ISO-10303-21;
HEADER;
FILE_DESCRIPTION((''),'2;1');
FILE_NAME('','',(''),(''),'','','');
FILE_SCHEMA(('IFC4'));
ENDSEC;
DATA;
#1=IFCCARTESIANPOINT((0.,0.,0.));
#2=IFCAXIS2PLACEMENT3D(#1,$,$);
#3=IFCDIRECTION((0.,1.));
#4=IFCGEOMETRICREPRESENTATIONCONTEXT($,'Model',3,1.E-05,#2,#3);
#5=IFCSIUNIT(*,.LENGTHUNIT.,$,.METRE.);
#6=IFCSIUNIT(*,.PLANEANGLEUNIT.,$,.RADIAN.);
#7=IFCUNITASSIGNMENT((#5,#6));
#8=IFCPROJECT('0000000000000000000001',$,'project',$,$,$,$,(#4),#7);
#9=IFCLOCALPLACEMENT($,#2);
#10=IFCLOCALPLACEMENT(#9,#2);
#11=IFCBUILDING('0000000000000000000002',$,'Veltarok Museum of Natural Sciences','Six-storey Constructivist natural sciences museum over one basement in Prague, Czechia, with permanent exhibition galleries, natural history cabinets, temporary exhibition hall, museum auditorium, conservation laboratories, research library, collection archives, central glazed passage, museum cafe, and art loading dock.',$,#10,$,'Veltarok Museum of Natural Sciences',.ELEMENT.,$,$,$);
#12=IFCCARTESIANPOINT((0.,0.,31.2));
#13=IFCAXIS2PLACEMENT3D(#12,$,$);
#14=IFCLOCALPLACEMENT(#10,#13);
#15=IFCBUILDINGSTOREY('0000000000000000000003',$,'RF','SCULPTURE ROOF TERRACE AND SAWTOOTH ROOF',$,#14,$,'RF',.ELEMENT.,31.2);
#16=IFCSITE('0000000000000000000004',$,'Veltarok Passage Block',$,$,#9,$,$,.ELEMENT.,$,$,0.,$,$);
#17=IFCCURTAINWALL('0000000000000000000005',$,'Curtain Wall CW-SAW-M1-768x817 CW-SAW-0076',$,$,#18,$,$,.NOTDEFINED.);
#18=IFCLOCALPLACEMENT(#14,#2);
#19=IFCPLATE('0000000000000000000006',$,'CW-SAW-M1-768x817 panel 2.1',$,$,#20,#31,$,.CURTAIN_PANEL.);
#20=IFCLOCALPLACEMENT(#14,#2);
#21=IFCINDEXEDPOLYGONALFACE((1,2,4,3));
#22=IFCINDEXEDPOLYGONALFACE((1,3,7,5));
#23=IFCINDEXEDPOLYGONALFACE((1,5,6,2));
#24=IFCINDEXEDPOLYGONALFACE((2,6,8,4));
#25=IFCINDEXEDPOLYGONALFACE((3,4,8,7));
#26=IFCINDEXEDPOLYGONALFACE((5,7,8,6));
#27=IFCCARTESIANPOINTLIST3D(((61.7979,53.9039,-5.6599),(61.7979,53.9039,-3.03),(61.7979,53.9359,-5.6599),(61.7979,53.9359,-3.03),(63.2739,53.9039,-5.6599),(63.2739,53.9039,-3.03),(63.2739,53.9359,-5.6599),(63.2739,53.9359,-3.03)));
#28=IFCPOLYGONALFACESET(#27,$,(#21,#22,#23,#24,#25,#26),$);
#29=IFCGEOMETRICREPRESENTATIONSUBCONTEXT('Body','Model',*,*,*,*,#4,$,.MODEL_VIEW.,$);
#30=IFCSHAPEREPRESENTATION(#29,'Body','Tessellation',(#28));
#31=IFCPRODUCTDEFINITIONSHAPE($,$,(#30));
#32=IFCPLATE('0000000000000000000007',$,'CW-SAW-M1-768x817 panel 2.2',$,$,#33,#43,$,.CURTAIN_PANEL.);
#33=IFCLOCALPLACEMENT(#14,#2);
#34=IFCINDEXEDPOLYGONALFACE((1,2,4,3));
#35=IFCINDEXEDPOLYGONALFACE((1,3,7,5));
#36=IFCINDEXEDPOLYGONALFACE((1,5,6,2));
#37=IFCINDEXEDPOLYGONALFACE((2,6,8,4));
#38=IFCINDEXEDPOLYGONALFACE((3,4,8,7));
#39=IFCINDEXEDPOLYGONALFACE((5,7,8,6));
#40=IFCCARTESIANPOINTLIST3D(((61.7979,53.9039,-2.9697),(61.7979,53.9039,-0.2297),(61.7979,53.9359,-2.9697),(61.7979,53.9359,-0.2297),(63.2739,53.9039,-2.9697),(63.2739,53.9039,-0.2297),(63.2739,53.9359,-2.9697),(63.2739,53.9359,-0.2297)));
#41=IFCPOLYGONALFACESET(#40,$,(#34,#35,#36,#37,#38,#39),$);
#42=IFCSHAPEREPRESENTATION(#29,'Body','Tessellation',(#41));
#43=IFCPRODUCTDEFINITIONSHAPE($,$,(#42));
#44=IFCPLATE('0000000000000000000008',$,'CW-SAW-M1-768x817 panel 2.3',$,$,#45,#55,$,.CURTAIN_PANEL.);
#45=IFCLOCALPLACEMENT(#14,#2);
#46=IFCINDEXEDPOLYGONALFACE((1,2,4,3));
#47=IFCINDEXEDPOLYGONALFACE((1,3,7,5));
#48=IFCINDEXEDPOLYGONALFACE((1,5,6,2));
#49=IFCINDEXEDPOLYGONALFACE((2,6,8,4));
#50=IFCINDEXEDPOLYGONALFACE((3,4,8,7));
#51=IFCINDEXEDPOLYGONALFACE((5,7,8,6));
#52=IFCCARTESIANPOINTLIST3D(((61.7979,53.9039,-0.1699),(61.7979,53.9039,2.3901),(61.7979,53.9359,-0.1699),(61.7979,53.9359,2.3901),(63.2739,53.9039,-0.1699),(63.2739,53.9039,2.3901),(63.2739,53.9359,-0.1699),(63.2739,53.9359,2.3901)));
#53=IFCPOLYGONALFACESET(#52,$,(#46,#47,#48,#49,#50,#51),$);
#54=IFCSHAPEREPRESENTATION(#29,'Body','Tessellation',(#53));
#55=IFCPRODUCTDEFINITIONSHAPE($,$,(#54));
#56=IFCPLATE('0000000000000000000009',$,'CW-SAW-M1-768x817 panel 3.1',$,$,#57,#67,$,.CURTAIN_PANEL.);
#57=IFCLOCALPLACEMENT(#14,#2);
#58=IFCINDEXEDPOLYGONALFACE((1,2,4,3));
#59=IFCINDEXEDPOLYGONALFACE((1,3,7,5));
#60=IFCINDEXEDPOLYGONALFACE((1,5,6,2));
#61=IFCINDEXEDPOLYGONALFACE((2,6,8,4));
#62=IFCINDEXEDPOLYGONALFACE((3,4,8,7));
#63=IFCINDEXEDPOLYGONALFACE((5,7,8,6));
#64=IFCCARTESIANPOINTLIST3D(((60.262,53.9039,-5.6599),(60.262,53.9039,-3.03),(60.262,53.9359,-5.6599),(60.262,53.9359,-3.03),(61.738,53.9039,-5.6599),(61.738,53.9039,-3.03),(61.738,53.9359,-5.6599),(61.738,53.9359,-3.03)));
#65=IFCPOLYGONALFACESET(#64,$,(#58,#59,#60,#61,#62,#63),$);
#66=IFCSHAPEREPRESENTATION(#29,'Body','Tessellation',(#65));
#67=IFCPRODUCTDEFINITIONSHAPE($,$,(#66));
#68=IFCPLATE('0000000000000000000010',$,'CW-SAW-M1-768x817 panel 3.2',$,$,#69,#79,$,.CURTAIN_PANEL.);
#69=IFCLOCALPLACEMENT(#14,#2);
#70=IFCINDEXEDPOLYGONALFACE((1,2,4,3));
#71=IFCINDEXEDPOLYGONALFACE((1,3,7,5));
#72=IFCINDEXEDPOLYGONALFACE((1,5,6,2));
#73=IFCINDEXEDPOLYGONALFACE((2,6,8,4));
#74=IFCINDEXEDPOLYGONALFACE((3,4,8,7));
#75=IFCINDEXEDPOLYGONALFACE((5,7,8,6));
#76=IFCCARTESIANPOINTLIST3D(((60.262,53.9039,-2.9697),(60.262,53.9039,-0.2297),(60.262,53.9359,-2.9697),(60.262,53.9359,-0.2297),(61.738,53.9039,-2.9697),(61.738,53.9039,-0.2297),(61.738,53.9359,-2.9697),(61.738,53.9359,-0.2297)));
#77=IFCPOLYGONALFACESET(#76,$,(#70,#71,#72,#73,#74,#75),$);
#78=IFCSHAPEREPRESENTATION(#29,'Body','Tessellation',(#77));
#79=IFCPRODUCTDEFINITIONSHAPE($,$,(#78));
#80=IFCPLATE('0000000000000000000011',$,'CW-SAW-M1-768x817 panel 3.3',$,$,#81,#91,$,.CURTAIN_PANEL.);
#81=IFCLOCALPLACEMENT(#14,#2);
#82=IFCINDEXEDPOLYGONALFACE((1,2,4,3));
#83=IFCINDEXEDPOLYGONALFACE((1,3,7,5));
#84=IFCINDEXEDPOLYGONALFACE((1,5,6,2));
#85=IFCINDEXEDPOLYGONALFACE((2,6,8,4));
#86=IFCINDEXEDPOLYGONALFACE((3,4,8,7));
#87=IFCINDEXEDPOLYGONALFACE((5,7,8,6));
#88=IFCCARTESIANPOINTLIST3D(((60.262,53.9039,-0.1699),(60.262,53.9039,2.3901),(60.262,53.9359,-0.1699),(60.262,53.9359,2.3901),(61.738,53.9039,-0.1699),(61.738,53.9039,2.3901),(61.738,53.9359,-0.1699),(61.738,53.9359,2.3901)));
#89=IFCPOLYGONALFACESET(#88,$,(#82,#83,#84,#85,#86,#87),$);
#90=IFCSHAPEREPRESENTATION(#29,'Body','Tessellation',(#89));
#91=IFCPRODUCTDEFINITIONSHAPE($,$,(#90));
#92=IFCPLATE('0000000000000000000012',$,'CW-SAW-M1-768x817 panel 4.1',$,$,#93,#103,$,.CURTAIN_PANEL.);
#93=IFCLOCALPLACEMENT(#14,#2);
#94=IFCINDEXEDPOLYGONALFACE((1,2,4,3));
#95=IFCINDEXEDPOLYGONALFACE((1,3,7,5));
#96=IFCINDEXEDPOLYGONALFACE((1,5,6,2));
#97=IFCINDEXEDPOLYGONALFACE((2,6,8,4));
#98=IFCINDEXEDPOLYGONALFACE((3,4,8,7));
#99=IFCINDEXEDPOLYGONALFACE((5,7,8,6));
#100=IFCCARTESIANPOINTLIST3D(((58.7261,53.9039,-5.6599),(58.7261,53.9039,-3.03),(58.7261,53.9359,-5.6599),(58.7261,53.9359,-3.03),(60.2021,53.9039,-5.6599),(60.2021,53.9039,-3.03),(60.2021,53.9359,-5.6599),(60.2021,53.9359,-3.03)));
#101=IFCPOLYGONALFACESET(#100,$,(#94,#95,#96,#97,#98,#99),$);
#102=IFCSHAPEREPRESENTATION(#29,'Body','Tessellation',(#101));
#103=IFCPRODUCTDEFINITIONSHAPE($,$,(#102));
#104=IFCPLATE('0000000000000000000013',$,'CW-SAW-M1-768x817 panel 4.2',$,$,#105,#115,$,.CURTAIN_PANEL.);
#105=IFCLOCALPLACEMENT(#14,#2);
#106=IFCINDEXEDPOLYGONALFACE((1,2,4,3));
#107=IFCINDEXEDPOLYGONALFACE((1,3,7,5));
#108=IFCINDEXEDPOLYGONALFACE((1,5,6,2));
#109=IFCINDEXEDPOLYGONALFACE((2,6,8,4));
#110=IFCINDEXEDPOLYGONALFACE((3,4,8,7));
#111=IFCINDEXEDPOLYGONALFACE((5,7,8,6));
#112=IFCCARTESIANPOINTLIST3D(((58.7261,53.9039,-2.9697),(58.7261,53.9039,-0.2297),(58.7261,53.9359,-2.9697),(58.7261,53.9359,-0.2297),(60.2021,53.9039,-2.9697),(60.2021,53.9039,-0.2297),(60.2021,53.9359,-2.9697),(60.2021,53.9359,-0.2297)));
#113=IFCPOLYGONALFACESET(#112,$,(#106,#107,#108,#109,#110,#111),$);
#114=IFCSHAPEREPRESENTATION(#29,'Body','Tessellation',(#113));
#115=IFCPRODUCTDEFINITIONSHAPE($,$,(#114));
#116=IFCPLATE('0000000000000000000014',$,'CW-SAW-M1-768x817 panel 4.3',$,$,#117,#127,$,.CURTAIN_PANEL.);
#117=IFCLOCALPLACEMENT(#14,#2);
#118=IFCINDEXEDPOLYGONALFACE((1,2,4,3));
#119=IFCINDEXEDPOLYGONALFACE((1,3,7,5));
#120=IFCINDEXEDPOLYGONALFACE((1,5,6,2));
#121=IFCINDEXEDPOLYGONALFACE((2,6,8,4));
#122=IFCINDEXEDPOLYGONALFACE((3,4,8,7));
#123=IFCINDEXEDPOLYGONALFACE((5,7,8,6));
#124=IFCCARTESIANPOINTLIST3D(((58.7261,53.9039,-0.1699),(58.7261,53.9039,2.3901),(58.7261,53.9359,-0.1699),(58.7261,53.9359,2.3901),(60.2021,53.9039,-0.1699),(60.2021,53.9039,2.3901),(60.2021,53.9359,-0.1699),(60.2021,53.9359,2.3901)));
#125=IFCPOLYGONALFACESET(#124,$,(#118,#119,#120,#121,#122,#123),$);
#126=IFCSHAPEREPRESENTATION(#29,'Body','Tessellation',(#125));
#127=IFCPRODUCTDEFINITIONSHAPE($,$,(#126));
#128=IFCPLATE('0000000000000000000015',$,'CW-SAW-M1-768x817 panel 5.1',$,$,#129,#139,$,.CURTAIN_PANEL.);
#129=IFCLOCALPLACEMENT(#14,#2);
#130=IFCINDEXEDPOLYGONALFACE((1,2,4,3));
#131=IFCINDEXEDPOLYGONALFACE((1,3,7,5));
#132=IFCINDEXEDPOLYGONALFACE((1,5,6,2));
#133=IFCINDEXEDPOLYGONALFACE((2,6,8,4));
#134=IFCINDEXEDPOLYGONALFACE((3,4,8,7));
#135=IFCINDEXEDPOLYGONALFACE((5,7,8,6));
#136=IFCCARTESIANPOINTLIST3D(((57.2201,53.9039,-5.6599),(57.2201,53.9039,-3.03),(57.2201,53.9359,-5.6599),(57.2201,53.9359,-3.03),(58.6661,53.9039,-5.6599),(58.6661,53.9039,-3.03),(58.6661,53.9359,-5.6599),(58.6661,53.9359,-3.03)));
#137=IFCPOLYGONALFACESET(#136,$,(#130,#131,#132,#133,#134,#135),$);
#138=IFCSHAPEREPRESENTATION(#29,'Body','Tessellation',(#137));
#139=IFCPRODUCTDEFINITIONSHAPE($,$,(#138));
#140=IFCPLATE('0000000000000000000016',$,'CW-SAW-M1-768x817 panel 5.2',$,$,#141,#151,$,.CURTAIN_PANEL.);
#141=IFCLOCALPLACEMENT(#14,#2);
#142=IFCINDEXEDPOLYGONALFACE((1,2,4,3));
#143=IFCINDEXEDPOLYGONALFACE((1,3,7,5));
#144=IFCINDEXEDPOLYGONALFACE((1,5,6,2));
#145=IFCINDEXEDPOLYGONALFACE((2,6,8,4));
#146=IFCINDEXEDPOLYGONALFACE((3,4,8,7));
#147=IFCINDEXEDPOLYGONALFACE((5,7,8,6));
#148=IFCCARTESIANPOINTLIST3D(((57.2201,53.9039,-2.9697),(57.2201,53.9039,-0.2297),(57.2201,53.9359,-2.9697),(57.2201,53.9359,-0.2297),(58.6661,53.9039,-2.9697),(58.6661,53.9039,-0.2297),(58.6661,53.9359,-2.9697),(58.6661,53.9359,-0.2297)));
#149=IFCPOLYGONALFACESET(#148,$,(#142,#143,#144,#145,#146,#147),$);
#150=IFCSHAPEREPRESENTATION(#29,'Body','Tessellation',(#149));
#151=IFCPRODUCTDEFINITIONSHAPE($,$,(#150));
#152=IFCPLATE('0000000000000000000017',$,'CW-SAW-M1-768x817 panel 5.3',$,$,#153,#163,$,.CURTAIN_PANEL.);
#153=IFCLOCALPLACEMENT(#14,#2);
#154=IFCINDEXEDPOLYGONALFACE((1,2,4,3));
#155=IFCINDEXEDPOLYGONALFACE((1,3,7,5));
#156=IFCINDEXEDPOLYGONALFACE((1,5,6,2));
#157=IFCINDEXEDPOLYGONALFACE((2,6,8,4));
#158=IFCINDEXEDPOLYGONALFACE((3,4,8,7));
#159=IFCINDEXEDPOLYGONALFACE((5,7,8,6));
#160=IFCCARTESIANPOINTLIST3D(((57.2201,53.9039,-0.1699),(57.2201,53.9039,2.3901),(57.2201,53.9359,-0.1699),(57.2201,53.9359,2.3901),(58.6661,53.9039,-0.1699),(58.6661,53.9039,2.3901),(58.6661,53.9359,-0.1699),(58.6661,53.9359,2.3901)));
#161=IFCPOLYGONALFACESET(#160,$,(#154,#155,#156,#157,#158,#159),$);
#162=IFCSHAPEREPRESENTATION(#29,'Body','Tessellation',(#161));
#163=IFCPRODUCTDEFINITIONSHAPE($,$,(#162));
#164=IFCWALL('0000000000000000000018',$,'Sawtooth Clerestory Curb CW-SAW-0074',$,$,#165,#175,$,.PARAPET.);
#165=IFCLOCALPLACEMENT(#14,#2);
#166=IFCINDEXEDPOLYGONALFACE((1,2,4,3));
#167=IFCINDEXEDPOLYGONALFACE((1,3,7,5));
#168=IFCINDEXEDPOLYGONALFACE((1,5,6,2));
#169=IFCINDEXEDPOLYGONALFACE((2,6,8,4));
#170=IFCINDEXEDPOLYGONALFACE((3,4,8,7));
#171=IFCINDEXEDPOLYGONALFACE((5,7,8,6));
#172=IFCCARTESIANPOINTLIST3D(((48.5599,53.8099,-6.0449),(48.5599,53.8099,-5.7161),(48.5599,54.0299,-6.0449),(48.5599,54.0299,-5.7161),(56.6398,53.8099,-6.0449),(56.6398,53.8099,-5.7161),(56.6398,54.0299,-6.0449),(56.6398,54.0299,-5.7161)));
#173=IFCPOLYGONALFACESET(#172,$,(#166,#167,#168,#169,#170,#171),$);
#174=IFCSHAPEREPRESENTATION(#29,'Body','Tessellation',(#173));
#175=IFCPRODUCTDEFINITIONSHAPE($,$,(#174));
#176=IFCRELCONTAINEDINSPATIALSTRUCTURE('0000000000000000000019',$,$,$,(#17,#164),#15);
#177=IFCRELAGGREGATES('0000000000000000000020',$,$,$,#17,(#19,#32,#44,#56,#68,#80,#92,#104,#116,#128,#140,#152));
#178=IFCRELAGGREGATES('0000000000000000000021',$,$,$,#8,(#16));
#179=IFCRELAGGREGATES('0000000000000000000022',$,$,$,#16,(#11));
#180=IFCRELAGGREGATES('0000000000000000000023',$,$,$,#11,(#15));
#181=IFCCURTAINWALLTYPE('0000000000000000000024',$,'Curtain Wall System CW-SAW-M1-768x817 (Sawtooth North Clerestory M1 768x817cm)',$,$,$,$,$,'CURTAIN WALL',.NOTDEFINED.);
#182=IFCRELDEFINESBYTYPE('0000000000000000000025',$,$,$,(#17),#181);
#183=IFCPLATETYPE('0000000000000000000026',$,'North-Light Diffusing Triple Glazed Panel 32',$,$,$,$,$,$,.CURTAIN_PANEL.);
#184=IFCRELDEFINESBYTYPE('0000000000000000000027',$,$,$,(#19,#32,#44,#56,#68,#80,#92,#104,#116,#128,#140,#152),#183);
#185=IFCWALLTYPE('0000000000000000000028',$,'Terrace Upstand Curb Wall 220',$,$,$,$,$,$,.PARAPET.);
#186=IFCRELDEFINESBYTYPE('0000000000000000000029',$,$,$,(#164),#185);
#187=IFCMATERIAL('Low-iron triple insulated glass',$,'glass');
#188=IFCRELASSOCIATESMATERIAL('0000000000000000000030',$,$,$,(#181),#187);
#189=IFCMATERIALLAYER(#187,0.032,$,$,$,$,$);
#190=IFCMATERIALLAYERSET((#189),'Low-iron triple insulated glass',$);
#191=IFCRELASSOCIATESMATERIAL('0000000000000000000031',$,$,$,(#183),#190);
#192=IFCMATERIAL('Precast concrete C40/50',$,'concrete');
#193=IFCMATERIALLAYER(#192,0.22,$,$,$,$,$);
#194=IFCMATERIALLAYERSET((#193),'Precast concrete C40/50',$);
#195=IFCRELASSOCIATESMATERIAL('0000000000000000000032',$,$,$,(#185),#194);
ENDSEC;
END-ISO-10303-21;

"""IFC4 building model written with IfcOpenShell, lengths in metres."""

from ifc_helpers import new_model, si_unit, direction, frame, frame_2d, origin, origin_2d, place, context, subcontext, project, spatial, rectangle, extrude, material, layer, layer_set, type_object, element, aggregate, save


model = new_model("IFC4")

# Units and contexts
model_context = context("Model", 3, precision=1e-05, world=origin(), true_north=direction((0.0, 1.0)))
body_context = subcontext(model_context, "Body", "Model", "MODEL_VIEW")
ifc_project = project(units=[si_unit("LENGTHUNIT", "METRE"), si_unit("PLANEANGLEUNIT", "RADIAN")], contexts=[model_context])

# Site, building, storey
site_placement = place(None, origin())
site = spatial("IfcSite", under=ifc_project, at=site_placement, Name="Veltarok Passage Block", CompositionType="ELEMENT", RefElevation=0.0)
building_placement = place(site_placement, origin())
building = spatial("IfcBuilding", under=site, at=building_placement, Name="Veltarok Museum of Natural Sciences", Description="Six-storey Constructivist natural sciences museum over one basement in Prague, Czechia, with permanent exhibition galleries, natural history cabinets, temporary exhibition hall, museum auditorium, conservation laboratories, research library, collection archives, central glazed passage, museum cafe, and art loading dock.", LongName="Veltarok Museum of Natural Sciences", CompositionType="ELEMENT")
storey_placement = place(building_placement, frame((0.0, 0.0, 31.2)))
storey = spatial("IfcBuildingStorey", under=building, at=storey_placement, Name="RF", Description="SCULPTURE ROOF TERRACE AND SAWTOOTH ROOF", LongName="RF", CompositionType="ELEMENT", Elevation=31.2)

# Curtain wall, plates
ifc_material_1 = material(Name="Low-iron triple insulated glass", Category="glass")
curtain_wall_type = type_object("IfcCurtainWallType", Name="Curtain Wall System CW-SAW-M1-768x817 (Sawtooth North Clerestory M1 768x817cm)", ElementType="CURTAIN WALL", PredefinedType="NOTDEFINED", material=ifc_material_1)
curtain_wall_placement = place(storey_placement, origin())
curtain_wall = element("IfcCurtainWall", 1, at=curtain_wall_placement, inside=storey, type_object=curtain_wall_type, Name="Curtain Wall CW-SAW-M1-768x817 CW-SAW-0076", PredefinedType="NOTDEFINED")
ifc_layer_1 = layer(ifc_material_1, 0.032)
ifc_layer_set_1 = layer_set([ifc_layer_1], Name="Low-iron triple insulated glass")
plate_type = type_object("IfcPlateType", Name="North-Light Diffusing Triple Glazed Panel 32", PredefinedType="CURTAIN_PANEL", material=ifc_layer_set_1)
plate_1_placement = place(storey_placement, frame((62.5359, 53.9199, -5.6599), z_axis=(0.0, 0.0, 1.0), x_axis=(-1.0, 0.0, 0.0)))
plate_1 = element("IfcPlate", 2, at=plate_1_placement, type_object=plate_type, Name="CW-SAW-M1-768x817 panel 2.1", PredefinedType="CURTAIN_PANEL", context=body_context, shape_type="SweptSolid", body=[
    extrude(rectangle(XDim=1.4761, YDim=0.032, at=origin_2d()), origin(), (0.0, 0.0, 1.0), 2.6299),
])
plate_2_placement = place(storey_placement, frame((62.5359, 53.9199, -2.9697), z_axis=(0.0, 0.0, 1.0), x_axis=(-1.0, 0.0, 0.0)))
plate_2 = element("IfcPlate", 3, at=plate_2_placement, type_object=plate_type, Name="CW-SAW-M1-768x817 panel 2.2", PredefinedType="CURTAIN_PANEL", context=body_context, shape_type="SweptSolid", body=[
    extrude(rectangle(XDim=1.4761, YDim=0.032, at=origin_2d()), origin(), (0.0, 0.0, 1.0), 2.74),
])
plate_3_placement = place(storey_placement, frame((62.5359, 53.9199, -0.1699), z_axis=(0.0, 0.0, 1.0), x_axis=(-1.0, 0.0, 0.0)))
plate_3 = element("IfcPlate", 4, at=plate_3_placement, type_object=plate_type, Name="CW-SAW-M1-768x817 panel 2.3", PredefinedType="CURTAIN_PANEL", context=body_context, shape_type="SweptSolid", body=[
    extrude(rectangle(XDim=1.4761, YDim=0.032, at=origin_2d()), origin(), (0.0, 0.0, 1.0), 2.5601),
])
plate_4_placement = place(storey_placement, frame((61.0, 53.9199, -5.6599), z_axis=(0.0, 0.0, 1.0), x_axis=(-1.0, 0.0, 0.0)))
plate_4 = element("IfcPlate", 5, at=plate_4_placement, type_object=plate_type, Name="CW-SAW-M1-768x817 panel 3.1", PredefinedType="CURTAIN_PANEL", context=body_context, shape_type="SweptSolid", body=[
    extrude(rectangle(XDim=1.4761, YDim=0.032, at=origin_2d()), origin(), (0.0, 0.0, 1.0), 2.6299),
])
plate_5_placement = place(storey_placement, frame((61.0, 53.9199, -2.9697), z_axis=(0.0, 0.0, 1.0), x_axis=(-1.0, 0.0, 0.0)))
plate_5 = element("IfcPlate", 6, at=plate_5_placement, type_object=plate_type, Name="CW-SAW-M1-768x817 panel 3.2", PredefinedType="CURTAIN_PANEL", context=body_context, shape_type="SweptSolid", body=[
    extrude(rectangle(XDim=1.4761, YDim=0.032, at=origin_2d()), origin(), (0.0, 0.0, 1.0), 2.74),
])
plate_6_placement = place(storey_placement, frame((61.0, 53.9199, -0.1699), z_axis=(0.0, 0.0, 1.0), x_axis=(-1.0, 0.0, 0.0)))
plate_6 = element("IfcPlate", 7, at=plate_6_placement, type_object=plate_type, Name="CW-SAW-M1-768x817 panel 3.3", PredefinedType="CURTAIN_PANEL", context=body_context, shape_type="SweptSolid", body=[
    extrude(rectangle(XDim=1.4761, YDim=0.032, at=origin_2d()), origin(), (0.0, 0.0, 1.0), 2.5601),
])
plate_7_placement = place(storey_placement, frame((59.4641, 53.9199, -5.6599), z_axis=(0.0, 0.0, 1.0), x_axis=(-1.0, 0.0, 0.0)))
plate_7 = element("IfcPlate", 8, at=plate_7_placement, type_object=plate_type, Name="CW-SAW-M1-768x817 panel 4.1", PredefinedType="CURTAIN_PANEL", context=body_context, shape_type="SweptSolid", body=[
    extrude(rectangle(XDim=1.4761, YDim=0.032, at=origin_2d()), origin(), (0.0, 0.0, 1.0), 2.6299),
])
plate_8_placement = place(storey_placement, frame((59.4641, 53.9199, -2.9697), z_axis=(0.0, 0.0, 1.0), x_axis=(-1.0, 0.0, 0.0)))
plate_8 = element("IfcPlate", 9, at=plate_8_placement, type_object=plate_type, Name="CW-SAW-M1-768x817 panel 4.2", PredefinedType="CURTAIN_PANEL", context=body_context, shape_type="SweptSolid", body=[
    extrude(rectangle(XDim=1.4761, YDim=0.032, at=origin_2d()), origin(), (0.0, 0.0, 1.0), 2.74),
])
plate_9_placement = place(storey_placement, frame((59.4641, 53.9199, -0.1699), z_axis=(0.0, 0.0, 1.0), x_axis=(-1.0, 0.0, 0.0)))
plate_9 = element("IfcPlate", 10, at=plate_9_placement, type_object=plate_type, Name="CW-SAW-M1-768x817 panel 4.3", PredefinedType="CURTAIN_PANEL", context=body_context, shape_type="SweptSolid", body=[
    extrude(rectangle(XDim=1.4761, YDim=0.032, at=origin_2d()), origin(), (0.0, 0.0, 1.0), 2.5601),
])
plate_10_placement = place(storey_placement, frame((57.9431, 53.9199, -5.6599), z_axis=(0.0, 0.0, 1.0), x_axis=(-1.0, 0.0, 0.0)))
plate_10 = element("IfcPlate", 11, at=plate_10_placement, type_object=plate_type, Name="CW-SAW-M1-768x817 panel 5.1", PredefinedType="CURTAIN_PANEL", context=body_context, shape_type="SweptSolid", body=[
    extrude(rectangle(XDim=1.446, YDim=0.032, at=origin_2d()), origin(), (0.0, 0.0, 1.0), 2.6299),
])
plate_11_placement = place(storey_placement, frame((57.9431, 53.9199, -2.9697), z_axis=(0.0, 0.0, 1.0), x_axis=(-1.0, 0.0, 0.0)))
plate_11 = element("IfcPlate", 12, at=plate_11_placement, type_object=plate_type, Name="CW-SAW-M1-768x817 panel 5.2", PredefinedType="CURTAIN_PANEL", context=body_context, shape_type="SweptSolid", body=[
    extrude(rectangle(XDim=1.446, YDim=0.032, at=origin_2d()), origin(), (0.0, 0.0, 1.0), 2.74),
])
plate_12_placement = place(storey_placement, frame((57.9431, 53.9199, -0.1699), z_axis=(0.0, 0.0, 1.0), x_axis=(-1.0, 0.0, 0.0)))
plate_12 = element("IfcPlate", 13, at=plate_12_placement, type_object=plate_type, Name="CW-SAW-M1-768x817 panel 5.3", PredefinedType="CURTAIN_PANEL", context=body_context, shape_type="SweptSolid", body=[
    extrude(rectangle(XDim=1.446, YDim=0.032, at=origin_2d()), origin(), (0.0, 0.0, 1.0), 2.5601),
])
aggregate(curtain_wall, [plate_1, plate_2, plate_3, plate_4, plate_5, plate_6, plate_7, plate_8, plate_9, plate_10, plate_11, plate_12])

# Wall
ifc_material_2 = material(Name="Precast concrete C40/50", Category="concrete")
ifc_layer_2 = layer(ifc_material_2, 0.22)
ifc_layer_set_2 = layer_set([ifc_layer_2], Name="Precast concrete C40/50")
wall_type = type_object("IfcWallType", Name="Terrace Upstand Curb Wall 220", PredefinedType="PARAPET", material=ifc_layer_set_2)
wall_placement = place(storey_placement, frame((56.6399, 53.9199, -6.0449), z_axis=(0.0, 0.0, 1.0), x_axis=(-1.0, 0.0, 0.0)))
element("IfcWall", 14, at=wall_placement, inside=storey, type_object=wall_type, Name="Sawtooth Clerestory Curb CW-SAW-0074", PredefinedType="PARAPET", context=body_context, shape_type="SweptSolid", body=[
    extrude(rectangle(XDim=8.0798, YDim=0.22, at=frame_2d((4.04, 0.0))), origin(), (0.0, 0.0, 1.0), 0.3289),
])

save(model, "model.ifc")
